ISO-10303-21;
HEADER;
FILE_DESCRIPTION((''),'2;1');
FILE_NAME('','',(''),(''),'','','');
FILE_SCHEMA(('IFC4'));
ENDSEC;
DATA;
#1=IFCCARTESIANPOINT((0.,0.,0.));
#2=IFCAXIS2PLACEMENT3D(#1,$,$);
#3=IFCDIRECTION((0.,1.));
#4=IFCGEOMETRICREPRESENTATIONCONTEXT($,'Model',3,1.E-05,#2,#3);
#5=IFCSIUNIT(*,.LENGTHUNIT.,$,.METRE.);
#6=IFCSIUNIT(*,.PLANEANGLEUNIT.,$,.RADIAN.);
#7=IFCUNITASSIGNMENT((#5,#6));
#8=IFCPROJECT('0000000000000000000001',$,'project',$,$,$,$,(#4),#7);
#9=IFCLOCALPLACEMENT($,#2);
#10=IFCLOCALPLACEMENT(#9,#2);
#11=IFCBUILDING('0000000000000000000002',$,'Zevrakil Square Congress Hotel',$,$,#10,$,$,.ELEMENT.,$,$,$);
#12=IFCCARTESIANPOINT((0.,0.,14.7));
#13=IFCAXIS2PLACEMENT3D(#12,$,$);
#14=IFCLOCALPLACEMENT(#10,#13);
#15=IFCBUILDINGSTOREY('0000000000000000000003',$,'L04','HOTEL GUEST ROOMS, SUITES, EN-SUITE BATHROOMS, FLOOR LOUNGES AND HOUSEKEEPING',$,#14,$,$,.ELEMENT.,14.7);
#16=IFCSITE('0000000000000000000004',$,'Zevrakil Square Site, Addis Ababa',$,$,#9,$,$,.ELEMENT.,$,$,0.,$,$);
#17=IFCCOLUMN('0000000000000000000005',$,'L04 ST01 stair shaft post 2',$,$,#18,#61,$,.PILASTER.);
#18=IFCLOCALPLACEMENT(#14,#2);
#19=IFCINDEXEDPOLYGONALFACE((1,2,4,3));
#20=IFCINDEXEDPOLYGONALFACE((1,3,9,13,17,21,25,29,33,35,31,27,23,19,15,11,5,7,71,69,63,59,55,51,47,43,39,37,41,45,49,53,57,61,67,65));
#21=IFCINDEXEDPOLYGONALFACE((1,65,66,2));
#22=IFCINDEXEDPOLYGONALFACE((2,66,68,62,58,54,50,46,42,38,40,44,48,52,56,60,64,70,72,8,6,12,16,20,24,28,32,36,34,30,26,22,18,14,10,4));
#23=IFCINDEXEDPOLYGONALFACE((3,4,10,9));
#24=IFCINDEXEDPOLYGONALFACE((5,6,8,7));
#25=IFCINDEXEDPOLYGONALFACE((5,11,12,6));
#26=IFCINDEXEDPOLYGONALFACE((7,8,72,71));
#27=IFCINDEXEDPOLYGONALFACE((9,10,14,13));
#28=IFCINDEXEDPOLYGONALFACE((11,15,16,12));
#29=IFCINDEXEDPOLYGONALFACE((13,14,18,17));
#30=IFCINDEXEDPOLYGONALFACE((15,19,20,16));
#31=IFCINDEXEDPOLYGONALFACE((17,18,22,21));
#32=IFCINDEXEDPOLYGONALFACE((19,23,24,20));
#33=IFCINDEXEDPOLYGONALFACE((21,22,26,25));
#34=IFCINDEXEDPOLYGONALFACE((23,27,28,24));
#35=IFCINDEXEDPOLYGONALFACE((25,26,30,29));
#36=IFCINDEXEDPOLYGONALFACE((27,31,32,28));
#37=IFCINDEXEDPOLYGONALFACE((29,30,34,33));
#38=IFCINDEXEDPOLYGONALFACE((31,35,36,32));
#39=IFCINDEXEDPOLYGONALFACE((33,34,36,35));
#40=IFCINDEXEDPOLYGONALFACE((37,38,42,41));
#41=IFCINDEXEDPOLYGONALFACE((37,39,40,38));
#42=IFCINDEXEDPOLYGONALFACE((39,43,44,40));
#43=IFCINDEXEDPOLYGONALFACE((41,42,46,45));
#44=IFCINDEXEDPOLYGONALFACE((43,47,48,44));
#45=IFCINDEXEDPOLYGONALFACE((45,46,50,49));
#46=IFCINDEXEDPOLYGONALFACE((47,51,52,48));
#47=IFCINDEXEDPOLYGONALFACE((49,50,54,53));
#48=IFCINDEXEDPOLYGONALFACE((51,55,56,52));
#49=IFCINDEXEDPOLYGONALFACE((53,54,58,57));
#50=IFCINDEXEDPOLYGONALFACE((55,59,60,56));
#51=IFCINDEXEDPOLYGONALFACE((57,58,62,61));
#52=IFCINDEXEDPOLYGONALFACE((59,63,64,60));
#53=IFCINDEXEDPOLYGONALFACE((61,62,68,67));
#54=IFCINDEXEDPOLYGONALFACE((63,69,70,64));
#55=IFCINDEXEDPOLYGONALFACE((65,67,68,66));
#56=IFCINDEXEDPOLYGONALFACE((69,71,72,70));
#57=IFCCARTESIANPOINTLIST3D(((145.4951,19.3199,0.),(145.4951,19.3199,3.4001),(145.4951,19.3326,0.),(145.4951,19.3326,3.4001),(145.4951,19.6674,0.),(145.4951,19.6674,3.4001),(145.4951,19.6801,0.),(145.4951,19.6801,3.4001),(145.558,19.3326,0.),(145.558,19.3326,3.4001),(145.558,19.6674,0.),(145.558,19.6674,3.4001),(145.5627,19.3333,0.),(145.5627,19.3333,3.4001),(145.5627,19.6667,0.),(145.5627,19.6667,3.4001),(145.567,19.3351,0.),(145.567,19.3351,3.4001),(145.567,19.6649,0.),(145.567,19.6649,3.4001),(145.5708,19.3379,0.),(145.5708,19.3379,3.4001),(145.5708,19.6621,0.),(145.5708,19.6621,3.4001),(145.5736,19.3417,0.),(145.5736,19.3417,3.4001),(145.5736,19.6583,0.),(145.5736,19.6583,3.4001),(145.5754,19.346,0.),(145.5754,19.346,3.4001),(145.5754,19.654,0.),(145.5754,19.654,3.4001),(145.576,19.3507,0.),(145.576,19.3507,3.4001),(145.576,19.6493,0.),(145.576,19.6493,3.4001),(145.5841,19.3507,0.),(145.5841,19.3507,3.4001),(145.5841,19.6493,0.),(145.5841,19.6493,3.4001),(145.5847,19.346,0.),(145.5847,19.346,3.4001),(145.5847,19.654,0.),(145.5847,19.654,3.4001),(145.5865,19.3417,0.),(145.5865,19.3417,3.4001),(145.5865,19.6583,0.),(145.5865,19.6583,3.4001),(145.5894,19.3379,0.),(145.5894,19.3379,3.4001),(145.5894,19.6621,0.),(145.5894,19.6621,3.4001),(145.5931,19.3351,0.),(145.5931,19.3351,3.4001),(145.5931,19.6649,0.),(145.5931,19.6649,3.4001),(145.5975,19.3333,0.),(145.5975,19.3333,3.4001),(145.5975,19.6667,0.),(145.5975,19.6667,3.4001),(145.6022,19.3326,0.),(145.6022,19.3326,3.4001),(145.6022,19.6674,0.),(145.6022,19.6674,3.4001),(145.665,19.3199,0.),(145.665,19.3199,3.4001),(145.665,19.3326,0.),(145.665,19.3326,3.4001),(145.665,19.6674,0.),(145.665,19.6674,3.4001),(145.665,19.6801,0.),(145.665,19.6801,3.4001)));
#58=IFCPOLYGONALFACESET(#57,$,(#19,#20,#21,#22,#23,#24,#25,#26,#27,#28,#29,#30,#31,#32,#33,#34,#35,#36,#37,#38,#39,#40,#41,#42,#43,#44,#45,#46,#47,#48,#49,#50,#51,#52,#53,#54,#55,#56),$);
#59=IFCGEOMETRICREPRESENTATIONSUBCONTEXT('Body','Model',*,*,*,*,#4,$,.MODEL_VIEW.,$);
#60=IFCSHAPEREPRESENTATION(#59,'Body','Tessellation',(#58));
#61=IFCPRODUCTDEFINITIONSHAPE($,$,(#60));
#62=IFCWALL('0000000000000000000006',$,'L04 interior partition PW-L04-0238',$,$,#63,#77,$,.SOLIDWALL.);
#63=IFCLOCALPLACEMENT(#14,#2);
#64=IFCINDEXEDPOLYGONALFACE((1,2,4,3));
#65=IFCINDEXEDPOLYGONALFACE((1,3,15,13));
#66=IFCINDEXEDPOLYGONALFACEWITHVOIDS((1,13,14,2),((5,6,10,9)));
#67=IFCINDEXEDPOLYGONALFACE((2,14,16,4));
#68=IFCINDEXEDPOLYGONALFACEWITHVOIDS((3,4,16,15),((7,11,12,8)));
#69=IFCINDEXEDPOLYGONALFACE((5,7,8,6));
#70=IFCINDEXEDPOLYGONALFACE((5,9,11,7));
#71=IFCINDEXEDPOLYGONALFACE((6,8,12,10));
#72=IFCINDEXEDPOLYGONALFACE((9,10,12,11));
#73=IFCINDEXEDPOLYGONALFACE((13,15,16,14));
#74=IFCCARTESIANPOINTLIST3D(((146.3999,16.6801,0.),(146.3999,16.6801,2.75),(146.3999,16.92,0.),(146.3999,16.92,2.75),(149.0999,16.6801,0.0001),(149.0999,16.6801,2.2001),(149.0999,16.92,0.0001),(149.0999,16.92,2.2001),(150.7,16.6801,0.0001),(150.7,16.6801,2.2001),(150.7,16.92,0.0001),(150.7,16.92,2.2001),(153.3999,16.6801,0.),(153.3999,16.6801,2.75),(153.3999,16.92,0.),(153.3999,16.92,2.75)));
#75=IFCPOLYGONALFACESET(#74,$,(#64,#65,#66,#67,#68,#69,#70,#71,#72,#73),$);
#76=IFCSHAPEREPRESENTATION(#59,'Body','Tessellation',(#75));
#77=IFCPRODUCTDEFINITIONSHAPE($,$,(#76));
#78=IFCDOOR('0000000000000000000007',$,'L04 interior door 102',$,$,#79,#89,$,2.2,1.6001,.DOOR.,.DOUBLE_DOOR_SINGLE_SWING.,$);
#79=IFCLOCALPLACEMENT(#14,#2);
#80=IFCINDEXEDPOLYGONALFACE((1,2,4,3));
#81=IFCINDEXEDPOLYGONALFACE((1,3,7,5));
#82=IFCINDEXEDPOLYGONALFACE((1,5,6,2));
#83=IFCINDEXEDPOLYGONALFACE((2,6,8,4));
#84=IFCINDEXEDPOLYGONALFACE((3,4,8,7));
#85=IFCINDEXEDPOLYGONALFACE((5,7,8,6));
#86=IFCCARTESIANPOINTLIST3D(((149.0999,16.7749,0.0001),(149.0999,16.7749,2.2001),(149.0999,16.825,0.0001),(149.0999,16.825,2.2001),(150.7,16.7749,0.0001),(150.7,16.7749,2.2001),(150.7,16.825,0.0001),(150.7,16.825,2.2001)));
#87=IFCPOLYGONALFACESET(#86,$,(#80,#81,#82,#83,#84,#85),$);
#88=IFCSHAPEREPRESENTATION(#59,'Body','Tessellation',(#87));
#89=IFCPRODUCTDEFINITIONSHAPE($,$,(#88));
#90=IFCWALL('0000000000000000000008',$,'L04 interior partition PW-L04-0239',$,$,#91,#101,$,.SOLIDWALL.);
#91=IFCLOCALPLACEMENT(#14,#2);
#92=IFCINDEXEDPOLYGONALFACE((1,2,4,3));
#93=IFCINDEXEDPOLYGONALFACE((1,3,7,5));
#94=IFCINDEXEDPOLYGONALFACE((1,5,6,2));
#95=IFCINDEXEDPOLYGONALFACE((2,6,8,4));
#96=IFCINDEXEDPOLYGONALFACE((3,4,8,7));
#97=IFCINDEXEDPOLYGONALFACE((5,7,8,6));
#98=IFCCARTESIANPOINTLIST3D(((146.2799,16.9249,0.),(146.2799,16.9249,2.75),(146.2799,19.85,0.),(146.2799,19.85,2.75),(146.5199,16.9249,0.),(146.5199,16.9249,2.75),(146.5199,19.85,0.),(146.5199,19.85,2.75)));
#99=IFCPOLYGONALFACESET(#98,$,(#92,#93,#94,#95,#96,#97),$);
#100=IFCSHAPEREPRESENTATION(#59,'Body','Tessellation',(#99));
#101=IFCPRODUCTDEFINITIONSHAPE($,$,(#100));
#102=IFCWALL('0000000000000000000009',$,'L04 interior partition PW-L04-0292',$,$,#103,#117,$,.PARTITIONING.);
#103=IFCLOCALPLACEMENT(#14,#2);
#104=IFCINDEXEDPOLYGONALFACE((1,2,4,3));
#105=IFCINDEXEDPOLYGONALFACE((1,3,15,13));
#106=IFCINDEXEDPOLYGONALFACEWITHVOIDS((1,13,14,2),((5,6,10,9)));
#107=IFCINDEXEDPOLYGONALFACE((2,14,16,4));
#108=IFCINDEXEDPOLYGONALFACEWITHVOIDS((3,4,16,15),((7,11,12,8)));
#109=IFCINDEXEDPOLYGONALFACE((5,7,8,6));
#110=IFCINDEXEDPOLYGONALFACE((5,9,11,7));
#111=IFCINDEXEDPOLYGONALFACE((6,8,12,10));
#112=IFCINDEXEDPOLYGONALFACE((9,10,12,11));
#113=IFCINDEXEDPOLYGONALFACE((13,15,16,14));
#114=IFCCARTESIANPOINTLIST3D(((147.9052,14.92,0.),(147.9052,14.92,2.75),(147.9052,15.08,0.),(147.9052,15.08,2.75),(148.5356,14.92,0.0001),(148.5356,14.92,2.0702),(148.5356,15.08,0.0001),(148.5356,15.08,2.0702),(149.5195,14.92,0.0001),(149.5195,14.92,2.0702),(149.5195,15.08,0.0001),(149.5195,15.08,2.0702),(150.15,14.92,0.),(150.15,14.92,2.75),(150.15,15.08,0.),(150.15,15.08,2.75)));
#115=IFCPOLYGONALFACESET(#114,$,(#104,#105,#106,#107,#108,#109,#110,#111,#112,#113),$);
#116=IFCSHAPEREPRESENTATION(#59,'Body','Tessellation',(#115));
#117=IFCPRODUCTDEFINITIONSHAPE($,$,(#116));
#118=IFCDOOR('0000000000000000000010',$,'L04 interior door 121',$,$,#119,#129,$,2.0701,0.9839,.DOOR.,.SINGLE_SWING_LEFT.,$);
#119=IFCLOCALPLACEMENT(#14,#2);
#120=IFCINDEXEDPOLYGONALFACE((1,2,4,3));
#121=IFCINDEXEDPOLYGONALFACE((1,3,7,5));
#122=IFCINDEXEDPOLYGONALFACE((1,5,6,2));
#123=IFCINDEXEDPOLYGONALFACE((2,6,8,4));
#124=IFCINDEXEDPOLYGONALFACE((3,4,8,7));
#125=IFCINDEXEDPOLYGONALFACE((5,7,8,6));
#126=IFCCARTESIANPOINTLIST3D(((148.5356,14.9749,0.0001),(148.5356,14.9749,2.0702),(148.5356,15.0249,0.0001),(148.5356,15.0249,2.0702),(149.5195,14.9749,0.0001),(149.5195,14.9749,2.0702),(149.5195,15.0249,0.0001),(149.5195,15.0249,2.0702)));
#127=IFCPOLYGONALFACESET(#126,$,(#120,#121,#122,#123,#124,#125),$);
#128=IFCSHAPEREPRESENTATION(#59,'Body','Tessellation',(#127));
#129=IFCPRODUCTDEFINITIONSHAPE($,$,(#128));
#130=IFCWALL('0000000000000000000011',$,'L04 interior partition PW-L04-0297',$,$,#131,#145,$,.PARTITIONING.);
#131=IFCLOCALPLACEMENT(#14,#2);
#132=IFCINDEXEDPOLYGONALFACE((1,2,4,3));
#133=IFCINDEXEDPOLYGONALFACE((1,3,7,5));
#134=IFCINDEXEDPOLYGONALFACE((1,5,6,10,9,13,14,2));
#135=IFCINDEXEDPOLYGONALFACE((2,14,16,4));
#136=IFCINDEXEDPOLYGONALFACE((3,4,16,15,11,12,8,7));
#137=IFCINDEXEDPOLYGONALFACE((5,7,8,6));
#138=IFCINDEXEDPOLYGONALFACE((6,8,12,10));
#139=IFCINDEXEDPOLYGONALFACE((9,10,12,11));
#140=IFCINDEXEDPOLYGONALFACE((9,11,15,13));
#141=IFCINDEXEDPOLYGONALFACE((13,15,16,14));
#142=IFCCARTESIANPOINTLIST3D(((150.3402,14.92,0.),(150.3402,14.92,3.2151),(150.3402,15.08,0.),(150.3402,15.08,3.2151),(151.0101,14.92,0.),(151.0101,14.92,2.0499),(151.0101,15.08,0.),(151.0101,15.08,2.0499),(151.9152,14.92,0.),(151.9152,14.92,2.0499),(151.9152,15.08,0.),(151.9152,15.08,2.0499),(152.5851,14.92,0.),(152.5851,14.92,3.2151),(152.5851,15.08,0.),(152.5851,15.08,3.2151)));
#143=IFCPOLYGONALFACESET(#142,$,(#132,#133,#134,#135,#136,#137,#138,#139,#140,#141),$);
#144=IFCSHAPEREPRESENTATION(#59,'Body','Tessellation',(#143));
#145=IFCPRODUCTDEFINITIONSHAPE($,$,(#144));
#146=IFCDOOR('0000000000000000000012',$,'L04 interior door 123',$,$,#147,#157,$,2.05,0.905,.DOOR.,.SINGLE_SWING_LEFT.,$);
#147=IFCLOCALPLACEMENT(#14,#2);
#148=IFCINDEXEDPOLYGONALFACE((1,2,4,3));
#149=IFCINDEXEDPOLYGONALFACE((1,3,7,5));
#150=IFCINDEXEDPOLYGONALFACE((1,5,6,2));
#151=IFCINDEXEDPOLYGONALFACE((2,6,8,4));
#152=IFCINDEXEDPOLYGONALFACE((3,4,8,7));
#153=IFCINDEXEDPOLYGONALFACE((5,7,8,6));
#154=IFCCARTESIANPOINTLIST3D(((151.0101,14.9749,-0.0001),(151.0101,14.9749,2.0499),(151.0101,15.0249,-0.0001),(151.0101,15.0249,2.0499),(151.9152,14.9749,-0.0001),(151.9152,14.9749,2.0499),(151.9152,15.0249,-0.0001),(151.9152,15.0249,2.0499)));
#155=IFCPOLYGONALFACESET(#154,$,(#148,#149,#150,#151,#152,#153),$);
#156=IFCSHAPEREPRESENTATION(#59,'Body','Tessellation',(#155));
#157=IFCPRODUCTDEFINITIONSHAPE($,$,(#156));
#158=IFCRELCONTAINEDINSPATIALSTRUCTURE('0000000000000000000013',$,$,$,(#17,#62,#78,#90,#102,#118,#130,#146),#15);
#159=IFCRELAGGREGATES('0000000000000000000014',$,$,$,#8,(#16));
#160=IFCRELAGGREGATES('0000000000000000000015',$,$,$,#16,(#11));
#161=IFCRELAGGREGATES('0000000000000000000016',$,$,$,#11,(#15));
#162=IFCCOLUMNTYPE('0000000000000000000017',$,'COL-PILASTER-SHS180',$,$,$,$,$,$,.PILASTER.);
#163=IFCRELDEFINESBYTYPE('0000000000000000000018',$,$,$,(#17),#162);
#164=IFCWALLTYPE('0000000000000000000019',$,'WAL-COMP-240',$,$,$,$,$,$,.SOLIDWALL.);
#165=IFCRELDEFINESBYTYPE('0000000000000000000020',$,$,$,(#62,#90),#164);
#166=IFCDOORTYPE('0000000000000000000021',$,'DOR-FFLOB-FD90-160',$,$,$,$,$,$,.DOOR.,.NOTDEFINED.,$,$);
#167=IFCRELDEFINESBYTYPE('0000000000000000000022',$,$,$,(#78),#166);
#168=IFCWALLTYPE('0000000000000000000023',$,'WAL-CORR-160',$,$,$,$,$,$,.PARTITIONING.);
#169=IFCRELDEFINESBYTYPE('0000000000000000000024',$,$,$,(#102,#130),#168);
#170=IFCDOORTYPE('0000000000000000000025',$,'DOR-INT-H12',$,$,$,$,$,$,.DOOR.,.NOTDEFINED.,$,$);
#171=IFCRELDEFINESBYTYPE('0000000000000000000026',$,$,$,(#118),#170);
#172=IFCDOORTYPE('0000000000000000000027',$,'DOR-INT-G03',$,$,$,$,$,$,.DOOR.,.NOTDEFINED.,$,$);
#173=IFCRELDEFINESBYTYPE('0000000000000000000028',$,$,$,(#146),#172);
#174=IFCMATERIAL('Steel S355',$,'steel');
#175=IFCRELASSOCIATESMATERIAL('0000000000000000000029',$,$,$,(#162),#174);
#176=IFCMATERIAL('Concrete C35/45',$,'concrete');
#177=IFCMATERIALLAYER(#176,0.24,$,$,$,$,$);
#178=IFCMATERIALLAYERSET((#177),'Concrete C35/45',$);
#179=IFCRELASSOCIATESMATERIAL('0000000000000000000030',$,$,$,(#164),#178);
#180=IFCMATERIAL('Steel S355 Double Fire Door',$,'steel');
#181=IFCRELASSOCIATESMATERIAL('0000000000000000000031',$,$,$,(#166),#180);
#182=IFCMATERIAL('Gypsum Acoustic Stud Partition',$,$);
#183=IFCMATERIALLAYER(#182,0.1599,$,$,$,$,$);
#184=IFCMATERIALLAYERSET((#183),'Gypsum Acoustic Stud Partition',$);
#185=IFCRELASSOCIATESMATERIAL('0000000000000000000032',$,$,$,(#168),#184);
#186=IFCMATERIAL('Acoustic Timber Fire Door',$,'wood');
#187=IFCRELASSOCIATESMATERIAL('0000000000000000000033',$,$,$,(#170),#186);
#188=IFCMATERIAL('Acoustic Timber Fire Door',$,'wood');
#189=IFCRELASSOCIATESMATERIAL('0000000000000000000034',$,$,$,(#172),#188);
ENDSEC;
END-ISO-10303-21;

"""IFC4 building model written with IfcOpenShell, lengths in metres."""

from ifc_helpers import new_model, si_unit, direction, frame, frame_2d, origin, origin_2d, place, context, subcontext, project, spatial, rectangle, i_section, extrude, material, layer, layer_set, material_profile, profile_set, type_object, element, fill, save


model = new_model("IFC4")

# Units and contexts
model_context = context("Model", 3, precision=1e-05, world=origin(), true_north=direction((0.0, 1.0)))
body_context = subcontext(model_context, "Body", "Model", "MODEL_VIEW")
ifc_project = project(units=[si_unit("LENGTHUNIT", "METRE"), si_unit("PLANEANGLEUNIT", "RADIAN")], contexts=[model_context])

# Site, building, storey
site_placement = place(None, origin())
site = spatial("IfcSite", under=ifc_project, at=site_placement, Name="Zevrakil Square Site, Addis Ababa", CompositionType="ELEMENT", RefElevation=0.0)
building_placement = place(site_placement, origin())
building = spatial("IfcBuilding", under=site, at=building_placement, Name="Zevrakil Square Congress Hotel", CompositionType="ELEMENT")
storey_placement = place(building_placement, frame((0.0, 0.0, 14.7)))
storey = spatial("IfcBuildingStorey", under=building, at=storey_placement, Name="L04", Description="HOTEL GUEST ROOMS, SUITES, EN-SUITE BATHROOMS, FLOOR LOUNGES AND HOUSEKEEPING", CompositionType="ELEMENT", Elevation=14.7)

# Column
ifc_material_1 = material(Name="Steel S355", Category="steel")
ifc_material_profile = material_profile(ifc_material_1, i_section(OverallWidth=0.1699, OverallDepth=0.3601, WebThickness=0.0081, FlangeThickness=0.0127, FilletRadius=0.0181, at=origin_2d()), Name="IPE 360")
ifc_profile_set = profile_set([ifc_material_profile], Name="Steel S355")
column_type = type_object("IfcColumnType", Name="COL-PILASTER-SHS180", PredefinedType="PILASTER", material=ifc_profile_set)
column_placement = place(storey_placement, frame((145.5801, 19.5, 0.0), z_axis=(0.0, 0.0, 1.0), x_axis=(1.0, 0.0, 0.0)))
element("IfcColumn", 1, at=column_placement, inside=storey, type_object=column_type, Name="L04 ST01 stair shaft post 2", PredefinedType="PILASTER", context=body_context, shape_type="SweptSolid", body=[
    extrude(i_section(OverallWidth=0.1699, OverallDepth=0.3601, WebThickness=0.0081, FlangeThickness=0.0127, FilletRadius=0.0181, at=origin_2d()), origin(), (0.0, 0.0, 1.0), 3.4001),
])

# Wall, opening, door
ifc_material_2 = material(Name="Concrete C35/45", Category="concrete")
ifc_layer_1 = layer(ifc_material_2, 0.24)
ifc_layer_set_1 = layer_set([ifc_layer_1], Name="Concrete C35/45")
wall_type_1 = type_object("IfcWallType", Name="WAL-COMP-240", PredefinedType="SOLIDWALL", material=ifc_layer_set_1)
wall_1_placement = place(storey_placement, frame((146.3999, 16.8, 0.0), z_axis=(0.0, 0.0, 1.0), x_axis=(1.0, 0.0, 0.0)))
wall_1 = element("IfcWall", 2, at=wall_1_placement, inside=storey, type_object=wall_type_1, Name="L04 interior partition PW-L04-0238", PredefinedType="SOLIDWALL", context=body_context, shape_type="SweptSolid", body=[
    extrude(rectangle(XDim=7.0, YDim=0.24, at=frame_2d((3.5, 0.0))), origin(), (0.0, 0.0, 1.0), 2.75),
])
opening_1_placement = place(wall_1_placement, frame((2.7, 0.0, 0.0)))
opening_1 = element("IfcOpeningElement", 3, at=opening_1_placement, cuts=wall_1, PredefinedType="OPENING", context=body_context, shape_type="SweptSolid", body=[
    extrude(rectangle(XDim=1.6001, YDim=2.2, at=frame_2d((0.8, 1.1001))), frame((0.0, 0.1299, 0.0), z_axis=(0.0, -1.0, 0.0), x_axis=(1.0, 0.0, 0.0)), (0.0, 0.0, 1.0), 0.26),
])
ifc_material_3 = material(Name="Steel S355 Double Fire Door", Category="steel")
door_type_1 = type_object("IfcDoorType", Name="DOR-FFLOB-FD90-160", OperationType="NOTDEFINED", PredefinedType="DOOR", material=ifc_material_3)
door_1_placement = place(opening_1_placement, origin())
door_1 = element("IfcDoor", 4, at=door_1_placement, inside=storey, type_object=door_type_1, Name="L04 interior door 102", OperationType="DOUBLE_DOOR_SINGLE_SWING", OverallHeight=2.2, OverallWidth=1.6001, PredefinedType="DOOR", context=body_context, shape_type="SweptSolid", body=[
    extrude(rectangle(XDim=1.6001, YDim=2.2, at=frame_2d((0.8, 1.1001))), frame((0.0, 0.0249, 0.0), z_axis=(0.0, -1.0, 0.0), x_axis=(1.0, 0.0, 0.0)), (0.0, 0.0, 1.0), 0.05),
])
fill(opening_1, door_1)

# Wall
wall_2_placement = place(storey_placement, frame((146.3999, 16.925, 0.0), z_axis=(0.0, 0.0, 1.0), x_axis=(0.0, 1.0, 0.0)))
element("IfcWall", 5, at=wall_2_placement, inside=storey, type_object=wall_type_1, Name="L04 interior partition PW-L04-0239", PredefinedType="SOLIDWALL", context=body_context, shape_type="SweptSolid", body=[
    extrude(rectangle(XDim=2.925, YDim=0.24, at=frame_2d((1.4624, 0.0))), origin(), (0.0, 0.0, 1.0), 2.75),
])

# Walls, openings, doors
ifc_material_4 = material(Name="Gypsum Acoustic Stud Partition")
ifc_layer_2 = layer(ifc_material_4, 0.1599)
ifc_layer_set_2 = layer_set([ifc_layer_2], Name="Gypsum Acoustic Stud Partition")
wall_type_2 = type_object("IfcWallType", Name="WAL-CORR-160", PredefinedType="PARTITIONING", material=ifc_layer_set_2)
wall_3_placement = place(storey_placement, frame((147.905, 15.0, 0.0), z_axis=(0.0, 0.0, 1.0), x_axis=(1.0, 0.0, 0.0)))
wall_3 = element("IfcWall", 6, at=wall_3_placement, inside=storey, type_object=wall_type_2, Name="L04 interior partition PW-L04-0292", PredefinedType="PARTITIONING", context=body_context, shape_type="SweptSolid", body=[
    extrude(rectangle(XDim=2.2449, YDim=0.1599, at=frame_2d((1.1226, 0.0))), origin(), (0.0, 0.0, 1.0), 2.75),
])
opening_2_placement = place(wall_3_placement, frame((0.6306, 0.0, 0.0)))
opening_2 = element("IfcOpeningElement", 7, at=opening_2_placement, cuts=wall_3, PredefinedType="OPENING", context=body_context, shape_type="SweptSolid", body=[
    extrude(rectangle(XDim=0.9839, YDim=2.0701, at=frame_2d((0.4919, 1.0352))), frame((0.0, 0.0898, 0.0), z_axis=(0.0, -1.0, 0.0), x_axis=(1.0, 0.0, 0.0)), (0.0, 0.0, 1.0), 0.1799),
])
ifc_material_5 = material(Name="Acoustic Timber Fire Door", Category="wood")
door_type_2 = type_object("IfcDoorType", Name="DOR-INT-H12", OperationType="NOTDEFINED", PredefinedType="DOOR", material=ifc_material_5)
door_2_placement = place(opening_2_placement, origin())
door_2 = element("IfcDoor", 8, at=door_2_placement, inside=storey, type_object=door_type_2, Name="L04 interior door 121", OperationType="SINGLE_SWING_LEFT", OverallHeight=2.0701, OverallWidth=0.9839, PredefinedType="DOOR", context=body_context, shape_type="SweptSolid", body=[
    extrude(rectangle(XDim=0.9839, YDim=2.0701, at=frame_2d((0.4919, 1.0352))), frame((0.0, 0.0249, 0.0), z_axis=(0.0, -1.0, 0.0), x_axis=(1.0, 0.0, 0.0)), (0.0, 0.0, 1.0), 0.05),
])
fill(opening_2, door_2)
wall_4_placement = place(storey_placement, frame((150.3401, 15.0, 0.0), z_axis=(0.0, 0.0, 1.0), x_axis=(1.0, 0.0, 0.0)))
wall_4 = element("IfcWall", 9, at=wall_4_placement, inside=storey, type_object=wall_type_2, Name="L04 interior partition PW-L04-0297", PredefinedType="PARTITIONING", context=body_context, shape_type="SweptSolid", body=[
    extrude(rectangle(XDim=2.2449, YDim=0.1599, at=frame_2d((1.1226, 0.0))), origin(), (0.0, 0.0, 1.0), 3.2151),
])
opening_3_placement = place(wall_4_placement, frame((0.6699, 0.0, 0.0)))
opening_3 = element("IfcOpeningElement", 10, at=opening_3_placement, cuts=wall_4, PredefinedType="OPENING", context=body_context, shape_type="SweptSolid", body=[
    extrude(rectangle(XDim=0.905, YDim=2.05, at=frame_2d((0.4526, 1.0249))), frame((0.0, 0.0898, 0.0), z_axis=(0.0, -1.0, 0.0), x_axis=(1.0, 0.0, 0.0)), (0.0, 0.0, 1.0), 0.1799),
])
ifc_material_6 = material(Name="Acoustic Timber Fire Door", Category="wood")
door_type_3 = type_object("IfcDoorType", Name="DOR-INT-G03", OperationType="NOTDEFINED", PredefinedType="DOOR", material=ifc_material_6)
door_3_placement = place(opening_3_placement, origin())
door_3 = element("IfcDoor", 11, at=door_3_placement, inside=storey, type_object=door_type_3, Name="L04 interior door 123", OperationType="SINGLE_SWING_LEFT", OverallHeight=2.05, OverallWidth=0.905, PredefinedType="DOOR", context=body_context, shape_type="SweptSolid", body=[
    extrude(rectangle(XDim=0.905, YDim=2.05, at=frame_2d((0.4526, 1.0249))), frame((0.0, 0.0249, 0.0), z_axis=(0.0, -1.0, 0.0), x_axis=(1.0, 0.0, 0.0)), (0.0, 0.0, 1.0), 0.05),
])
fill(opening_3, door_3)

save(model, "model.ifc")
